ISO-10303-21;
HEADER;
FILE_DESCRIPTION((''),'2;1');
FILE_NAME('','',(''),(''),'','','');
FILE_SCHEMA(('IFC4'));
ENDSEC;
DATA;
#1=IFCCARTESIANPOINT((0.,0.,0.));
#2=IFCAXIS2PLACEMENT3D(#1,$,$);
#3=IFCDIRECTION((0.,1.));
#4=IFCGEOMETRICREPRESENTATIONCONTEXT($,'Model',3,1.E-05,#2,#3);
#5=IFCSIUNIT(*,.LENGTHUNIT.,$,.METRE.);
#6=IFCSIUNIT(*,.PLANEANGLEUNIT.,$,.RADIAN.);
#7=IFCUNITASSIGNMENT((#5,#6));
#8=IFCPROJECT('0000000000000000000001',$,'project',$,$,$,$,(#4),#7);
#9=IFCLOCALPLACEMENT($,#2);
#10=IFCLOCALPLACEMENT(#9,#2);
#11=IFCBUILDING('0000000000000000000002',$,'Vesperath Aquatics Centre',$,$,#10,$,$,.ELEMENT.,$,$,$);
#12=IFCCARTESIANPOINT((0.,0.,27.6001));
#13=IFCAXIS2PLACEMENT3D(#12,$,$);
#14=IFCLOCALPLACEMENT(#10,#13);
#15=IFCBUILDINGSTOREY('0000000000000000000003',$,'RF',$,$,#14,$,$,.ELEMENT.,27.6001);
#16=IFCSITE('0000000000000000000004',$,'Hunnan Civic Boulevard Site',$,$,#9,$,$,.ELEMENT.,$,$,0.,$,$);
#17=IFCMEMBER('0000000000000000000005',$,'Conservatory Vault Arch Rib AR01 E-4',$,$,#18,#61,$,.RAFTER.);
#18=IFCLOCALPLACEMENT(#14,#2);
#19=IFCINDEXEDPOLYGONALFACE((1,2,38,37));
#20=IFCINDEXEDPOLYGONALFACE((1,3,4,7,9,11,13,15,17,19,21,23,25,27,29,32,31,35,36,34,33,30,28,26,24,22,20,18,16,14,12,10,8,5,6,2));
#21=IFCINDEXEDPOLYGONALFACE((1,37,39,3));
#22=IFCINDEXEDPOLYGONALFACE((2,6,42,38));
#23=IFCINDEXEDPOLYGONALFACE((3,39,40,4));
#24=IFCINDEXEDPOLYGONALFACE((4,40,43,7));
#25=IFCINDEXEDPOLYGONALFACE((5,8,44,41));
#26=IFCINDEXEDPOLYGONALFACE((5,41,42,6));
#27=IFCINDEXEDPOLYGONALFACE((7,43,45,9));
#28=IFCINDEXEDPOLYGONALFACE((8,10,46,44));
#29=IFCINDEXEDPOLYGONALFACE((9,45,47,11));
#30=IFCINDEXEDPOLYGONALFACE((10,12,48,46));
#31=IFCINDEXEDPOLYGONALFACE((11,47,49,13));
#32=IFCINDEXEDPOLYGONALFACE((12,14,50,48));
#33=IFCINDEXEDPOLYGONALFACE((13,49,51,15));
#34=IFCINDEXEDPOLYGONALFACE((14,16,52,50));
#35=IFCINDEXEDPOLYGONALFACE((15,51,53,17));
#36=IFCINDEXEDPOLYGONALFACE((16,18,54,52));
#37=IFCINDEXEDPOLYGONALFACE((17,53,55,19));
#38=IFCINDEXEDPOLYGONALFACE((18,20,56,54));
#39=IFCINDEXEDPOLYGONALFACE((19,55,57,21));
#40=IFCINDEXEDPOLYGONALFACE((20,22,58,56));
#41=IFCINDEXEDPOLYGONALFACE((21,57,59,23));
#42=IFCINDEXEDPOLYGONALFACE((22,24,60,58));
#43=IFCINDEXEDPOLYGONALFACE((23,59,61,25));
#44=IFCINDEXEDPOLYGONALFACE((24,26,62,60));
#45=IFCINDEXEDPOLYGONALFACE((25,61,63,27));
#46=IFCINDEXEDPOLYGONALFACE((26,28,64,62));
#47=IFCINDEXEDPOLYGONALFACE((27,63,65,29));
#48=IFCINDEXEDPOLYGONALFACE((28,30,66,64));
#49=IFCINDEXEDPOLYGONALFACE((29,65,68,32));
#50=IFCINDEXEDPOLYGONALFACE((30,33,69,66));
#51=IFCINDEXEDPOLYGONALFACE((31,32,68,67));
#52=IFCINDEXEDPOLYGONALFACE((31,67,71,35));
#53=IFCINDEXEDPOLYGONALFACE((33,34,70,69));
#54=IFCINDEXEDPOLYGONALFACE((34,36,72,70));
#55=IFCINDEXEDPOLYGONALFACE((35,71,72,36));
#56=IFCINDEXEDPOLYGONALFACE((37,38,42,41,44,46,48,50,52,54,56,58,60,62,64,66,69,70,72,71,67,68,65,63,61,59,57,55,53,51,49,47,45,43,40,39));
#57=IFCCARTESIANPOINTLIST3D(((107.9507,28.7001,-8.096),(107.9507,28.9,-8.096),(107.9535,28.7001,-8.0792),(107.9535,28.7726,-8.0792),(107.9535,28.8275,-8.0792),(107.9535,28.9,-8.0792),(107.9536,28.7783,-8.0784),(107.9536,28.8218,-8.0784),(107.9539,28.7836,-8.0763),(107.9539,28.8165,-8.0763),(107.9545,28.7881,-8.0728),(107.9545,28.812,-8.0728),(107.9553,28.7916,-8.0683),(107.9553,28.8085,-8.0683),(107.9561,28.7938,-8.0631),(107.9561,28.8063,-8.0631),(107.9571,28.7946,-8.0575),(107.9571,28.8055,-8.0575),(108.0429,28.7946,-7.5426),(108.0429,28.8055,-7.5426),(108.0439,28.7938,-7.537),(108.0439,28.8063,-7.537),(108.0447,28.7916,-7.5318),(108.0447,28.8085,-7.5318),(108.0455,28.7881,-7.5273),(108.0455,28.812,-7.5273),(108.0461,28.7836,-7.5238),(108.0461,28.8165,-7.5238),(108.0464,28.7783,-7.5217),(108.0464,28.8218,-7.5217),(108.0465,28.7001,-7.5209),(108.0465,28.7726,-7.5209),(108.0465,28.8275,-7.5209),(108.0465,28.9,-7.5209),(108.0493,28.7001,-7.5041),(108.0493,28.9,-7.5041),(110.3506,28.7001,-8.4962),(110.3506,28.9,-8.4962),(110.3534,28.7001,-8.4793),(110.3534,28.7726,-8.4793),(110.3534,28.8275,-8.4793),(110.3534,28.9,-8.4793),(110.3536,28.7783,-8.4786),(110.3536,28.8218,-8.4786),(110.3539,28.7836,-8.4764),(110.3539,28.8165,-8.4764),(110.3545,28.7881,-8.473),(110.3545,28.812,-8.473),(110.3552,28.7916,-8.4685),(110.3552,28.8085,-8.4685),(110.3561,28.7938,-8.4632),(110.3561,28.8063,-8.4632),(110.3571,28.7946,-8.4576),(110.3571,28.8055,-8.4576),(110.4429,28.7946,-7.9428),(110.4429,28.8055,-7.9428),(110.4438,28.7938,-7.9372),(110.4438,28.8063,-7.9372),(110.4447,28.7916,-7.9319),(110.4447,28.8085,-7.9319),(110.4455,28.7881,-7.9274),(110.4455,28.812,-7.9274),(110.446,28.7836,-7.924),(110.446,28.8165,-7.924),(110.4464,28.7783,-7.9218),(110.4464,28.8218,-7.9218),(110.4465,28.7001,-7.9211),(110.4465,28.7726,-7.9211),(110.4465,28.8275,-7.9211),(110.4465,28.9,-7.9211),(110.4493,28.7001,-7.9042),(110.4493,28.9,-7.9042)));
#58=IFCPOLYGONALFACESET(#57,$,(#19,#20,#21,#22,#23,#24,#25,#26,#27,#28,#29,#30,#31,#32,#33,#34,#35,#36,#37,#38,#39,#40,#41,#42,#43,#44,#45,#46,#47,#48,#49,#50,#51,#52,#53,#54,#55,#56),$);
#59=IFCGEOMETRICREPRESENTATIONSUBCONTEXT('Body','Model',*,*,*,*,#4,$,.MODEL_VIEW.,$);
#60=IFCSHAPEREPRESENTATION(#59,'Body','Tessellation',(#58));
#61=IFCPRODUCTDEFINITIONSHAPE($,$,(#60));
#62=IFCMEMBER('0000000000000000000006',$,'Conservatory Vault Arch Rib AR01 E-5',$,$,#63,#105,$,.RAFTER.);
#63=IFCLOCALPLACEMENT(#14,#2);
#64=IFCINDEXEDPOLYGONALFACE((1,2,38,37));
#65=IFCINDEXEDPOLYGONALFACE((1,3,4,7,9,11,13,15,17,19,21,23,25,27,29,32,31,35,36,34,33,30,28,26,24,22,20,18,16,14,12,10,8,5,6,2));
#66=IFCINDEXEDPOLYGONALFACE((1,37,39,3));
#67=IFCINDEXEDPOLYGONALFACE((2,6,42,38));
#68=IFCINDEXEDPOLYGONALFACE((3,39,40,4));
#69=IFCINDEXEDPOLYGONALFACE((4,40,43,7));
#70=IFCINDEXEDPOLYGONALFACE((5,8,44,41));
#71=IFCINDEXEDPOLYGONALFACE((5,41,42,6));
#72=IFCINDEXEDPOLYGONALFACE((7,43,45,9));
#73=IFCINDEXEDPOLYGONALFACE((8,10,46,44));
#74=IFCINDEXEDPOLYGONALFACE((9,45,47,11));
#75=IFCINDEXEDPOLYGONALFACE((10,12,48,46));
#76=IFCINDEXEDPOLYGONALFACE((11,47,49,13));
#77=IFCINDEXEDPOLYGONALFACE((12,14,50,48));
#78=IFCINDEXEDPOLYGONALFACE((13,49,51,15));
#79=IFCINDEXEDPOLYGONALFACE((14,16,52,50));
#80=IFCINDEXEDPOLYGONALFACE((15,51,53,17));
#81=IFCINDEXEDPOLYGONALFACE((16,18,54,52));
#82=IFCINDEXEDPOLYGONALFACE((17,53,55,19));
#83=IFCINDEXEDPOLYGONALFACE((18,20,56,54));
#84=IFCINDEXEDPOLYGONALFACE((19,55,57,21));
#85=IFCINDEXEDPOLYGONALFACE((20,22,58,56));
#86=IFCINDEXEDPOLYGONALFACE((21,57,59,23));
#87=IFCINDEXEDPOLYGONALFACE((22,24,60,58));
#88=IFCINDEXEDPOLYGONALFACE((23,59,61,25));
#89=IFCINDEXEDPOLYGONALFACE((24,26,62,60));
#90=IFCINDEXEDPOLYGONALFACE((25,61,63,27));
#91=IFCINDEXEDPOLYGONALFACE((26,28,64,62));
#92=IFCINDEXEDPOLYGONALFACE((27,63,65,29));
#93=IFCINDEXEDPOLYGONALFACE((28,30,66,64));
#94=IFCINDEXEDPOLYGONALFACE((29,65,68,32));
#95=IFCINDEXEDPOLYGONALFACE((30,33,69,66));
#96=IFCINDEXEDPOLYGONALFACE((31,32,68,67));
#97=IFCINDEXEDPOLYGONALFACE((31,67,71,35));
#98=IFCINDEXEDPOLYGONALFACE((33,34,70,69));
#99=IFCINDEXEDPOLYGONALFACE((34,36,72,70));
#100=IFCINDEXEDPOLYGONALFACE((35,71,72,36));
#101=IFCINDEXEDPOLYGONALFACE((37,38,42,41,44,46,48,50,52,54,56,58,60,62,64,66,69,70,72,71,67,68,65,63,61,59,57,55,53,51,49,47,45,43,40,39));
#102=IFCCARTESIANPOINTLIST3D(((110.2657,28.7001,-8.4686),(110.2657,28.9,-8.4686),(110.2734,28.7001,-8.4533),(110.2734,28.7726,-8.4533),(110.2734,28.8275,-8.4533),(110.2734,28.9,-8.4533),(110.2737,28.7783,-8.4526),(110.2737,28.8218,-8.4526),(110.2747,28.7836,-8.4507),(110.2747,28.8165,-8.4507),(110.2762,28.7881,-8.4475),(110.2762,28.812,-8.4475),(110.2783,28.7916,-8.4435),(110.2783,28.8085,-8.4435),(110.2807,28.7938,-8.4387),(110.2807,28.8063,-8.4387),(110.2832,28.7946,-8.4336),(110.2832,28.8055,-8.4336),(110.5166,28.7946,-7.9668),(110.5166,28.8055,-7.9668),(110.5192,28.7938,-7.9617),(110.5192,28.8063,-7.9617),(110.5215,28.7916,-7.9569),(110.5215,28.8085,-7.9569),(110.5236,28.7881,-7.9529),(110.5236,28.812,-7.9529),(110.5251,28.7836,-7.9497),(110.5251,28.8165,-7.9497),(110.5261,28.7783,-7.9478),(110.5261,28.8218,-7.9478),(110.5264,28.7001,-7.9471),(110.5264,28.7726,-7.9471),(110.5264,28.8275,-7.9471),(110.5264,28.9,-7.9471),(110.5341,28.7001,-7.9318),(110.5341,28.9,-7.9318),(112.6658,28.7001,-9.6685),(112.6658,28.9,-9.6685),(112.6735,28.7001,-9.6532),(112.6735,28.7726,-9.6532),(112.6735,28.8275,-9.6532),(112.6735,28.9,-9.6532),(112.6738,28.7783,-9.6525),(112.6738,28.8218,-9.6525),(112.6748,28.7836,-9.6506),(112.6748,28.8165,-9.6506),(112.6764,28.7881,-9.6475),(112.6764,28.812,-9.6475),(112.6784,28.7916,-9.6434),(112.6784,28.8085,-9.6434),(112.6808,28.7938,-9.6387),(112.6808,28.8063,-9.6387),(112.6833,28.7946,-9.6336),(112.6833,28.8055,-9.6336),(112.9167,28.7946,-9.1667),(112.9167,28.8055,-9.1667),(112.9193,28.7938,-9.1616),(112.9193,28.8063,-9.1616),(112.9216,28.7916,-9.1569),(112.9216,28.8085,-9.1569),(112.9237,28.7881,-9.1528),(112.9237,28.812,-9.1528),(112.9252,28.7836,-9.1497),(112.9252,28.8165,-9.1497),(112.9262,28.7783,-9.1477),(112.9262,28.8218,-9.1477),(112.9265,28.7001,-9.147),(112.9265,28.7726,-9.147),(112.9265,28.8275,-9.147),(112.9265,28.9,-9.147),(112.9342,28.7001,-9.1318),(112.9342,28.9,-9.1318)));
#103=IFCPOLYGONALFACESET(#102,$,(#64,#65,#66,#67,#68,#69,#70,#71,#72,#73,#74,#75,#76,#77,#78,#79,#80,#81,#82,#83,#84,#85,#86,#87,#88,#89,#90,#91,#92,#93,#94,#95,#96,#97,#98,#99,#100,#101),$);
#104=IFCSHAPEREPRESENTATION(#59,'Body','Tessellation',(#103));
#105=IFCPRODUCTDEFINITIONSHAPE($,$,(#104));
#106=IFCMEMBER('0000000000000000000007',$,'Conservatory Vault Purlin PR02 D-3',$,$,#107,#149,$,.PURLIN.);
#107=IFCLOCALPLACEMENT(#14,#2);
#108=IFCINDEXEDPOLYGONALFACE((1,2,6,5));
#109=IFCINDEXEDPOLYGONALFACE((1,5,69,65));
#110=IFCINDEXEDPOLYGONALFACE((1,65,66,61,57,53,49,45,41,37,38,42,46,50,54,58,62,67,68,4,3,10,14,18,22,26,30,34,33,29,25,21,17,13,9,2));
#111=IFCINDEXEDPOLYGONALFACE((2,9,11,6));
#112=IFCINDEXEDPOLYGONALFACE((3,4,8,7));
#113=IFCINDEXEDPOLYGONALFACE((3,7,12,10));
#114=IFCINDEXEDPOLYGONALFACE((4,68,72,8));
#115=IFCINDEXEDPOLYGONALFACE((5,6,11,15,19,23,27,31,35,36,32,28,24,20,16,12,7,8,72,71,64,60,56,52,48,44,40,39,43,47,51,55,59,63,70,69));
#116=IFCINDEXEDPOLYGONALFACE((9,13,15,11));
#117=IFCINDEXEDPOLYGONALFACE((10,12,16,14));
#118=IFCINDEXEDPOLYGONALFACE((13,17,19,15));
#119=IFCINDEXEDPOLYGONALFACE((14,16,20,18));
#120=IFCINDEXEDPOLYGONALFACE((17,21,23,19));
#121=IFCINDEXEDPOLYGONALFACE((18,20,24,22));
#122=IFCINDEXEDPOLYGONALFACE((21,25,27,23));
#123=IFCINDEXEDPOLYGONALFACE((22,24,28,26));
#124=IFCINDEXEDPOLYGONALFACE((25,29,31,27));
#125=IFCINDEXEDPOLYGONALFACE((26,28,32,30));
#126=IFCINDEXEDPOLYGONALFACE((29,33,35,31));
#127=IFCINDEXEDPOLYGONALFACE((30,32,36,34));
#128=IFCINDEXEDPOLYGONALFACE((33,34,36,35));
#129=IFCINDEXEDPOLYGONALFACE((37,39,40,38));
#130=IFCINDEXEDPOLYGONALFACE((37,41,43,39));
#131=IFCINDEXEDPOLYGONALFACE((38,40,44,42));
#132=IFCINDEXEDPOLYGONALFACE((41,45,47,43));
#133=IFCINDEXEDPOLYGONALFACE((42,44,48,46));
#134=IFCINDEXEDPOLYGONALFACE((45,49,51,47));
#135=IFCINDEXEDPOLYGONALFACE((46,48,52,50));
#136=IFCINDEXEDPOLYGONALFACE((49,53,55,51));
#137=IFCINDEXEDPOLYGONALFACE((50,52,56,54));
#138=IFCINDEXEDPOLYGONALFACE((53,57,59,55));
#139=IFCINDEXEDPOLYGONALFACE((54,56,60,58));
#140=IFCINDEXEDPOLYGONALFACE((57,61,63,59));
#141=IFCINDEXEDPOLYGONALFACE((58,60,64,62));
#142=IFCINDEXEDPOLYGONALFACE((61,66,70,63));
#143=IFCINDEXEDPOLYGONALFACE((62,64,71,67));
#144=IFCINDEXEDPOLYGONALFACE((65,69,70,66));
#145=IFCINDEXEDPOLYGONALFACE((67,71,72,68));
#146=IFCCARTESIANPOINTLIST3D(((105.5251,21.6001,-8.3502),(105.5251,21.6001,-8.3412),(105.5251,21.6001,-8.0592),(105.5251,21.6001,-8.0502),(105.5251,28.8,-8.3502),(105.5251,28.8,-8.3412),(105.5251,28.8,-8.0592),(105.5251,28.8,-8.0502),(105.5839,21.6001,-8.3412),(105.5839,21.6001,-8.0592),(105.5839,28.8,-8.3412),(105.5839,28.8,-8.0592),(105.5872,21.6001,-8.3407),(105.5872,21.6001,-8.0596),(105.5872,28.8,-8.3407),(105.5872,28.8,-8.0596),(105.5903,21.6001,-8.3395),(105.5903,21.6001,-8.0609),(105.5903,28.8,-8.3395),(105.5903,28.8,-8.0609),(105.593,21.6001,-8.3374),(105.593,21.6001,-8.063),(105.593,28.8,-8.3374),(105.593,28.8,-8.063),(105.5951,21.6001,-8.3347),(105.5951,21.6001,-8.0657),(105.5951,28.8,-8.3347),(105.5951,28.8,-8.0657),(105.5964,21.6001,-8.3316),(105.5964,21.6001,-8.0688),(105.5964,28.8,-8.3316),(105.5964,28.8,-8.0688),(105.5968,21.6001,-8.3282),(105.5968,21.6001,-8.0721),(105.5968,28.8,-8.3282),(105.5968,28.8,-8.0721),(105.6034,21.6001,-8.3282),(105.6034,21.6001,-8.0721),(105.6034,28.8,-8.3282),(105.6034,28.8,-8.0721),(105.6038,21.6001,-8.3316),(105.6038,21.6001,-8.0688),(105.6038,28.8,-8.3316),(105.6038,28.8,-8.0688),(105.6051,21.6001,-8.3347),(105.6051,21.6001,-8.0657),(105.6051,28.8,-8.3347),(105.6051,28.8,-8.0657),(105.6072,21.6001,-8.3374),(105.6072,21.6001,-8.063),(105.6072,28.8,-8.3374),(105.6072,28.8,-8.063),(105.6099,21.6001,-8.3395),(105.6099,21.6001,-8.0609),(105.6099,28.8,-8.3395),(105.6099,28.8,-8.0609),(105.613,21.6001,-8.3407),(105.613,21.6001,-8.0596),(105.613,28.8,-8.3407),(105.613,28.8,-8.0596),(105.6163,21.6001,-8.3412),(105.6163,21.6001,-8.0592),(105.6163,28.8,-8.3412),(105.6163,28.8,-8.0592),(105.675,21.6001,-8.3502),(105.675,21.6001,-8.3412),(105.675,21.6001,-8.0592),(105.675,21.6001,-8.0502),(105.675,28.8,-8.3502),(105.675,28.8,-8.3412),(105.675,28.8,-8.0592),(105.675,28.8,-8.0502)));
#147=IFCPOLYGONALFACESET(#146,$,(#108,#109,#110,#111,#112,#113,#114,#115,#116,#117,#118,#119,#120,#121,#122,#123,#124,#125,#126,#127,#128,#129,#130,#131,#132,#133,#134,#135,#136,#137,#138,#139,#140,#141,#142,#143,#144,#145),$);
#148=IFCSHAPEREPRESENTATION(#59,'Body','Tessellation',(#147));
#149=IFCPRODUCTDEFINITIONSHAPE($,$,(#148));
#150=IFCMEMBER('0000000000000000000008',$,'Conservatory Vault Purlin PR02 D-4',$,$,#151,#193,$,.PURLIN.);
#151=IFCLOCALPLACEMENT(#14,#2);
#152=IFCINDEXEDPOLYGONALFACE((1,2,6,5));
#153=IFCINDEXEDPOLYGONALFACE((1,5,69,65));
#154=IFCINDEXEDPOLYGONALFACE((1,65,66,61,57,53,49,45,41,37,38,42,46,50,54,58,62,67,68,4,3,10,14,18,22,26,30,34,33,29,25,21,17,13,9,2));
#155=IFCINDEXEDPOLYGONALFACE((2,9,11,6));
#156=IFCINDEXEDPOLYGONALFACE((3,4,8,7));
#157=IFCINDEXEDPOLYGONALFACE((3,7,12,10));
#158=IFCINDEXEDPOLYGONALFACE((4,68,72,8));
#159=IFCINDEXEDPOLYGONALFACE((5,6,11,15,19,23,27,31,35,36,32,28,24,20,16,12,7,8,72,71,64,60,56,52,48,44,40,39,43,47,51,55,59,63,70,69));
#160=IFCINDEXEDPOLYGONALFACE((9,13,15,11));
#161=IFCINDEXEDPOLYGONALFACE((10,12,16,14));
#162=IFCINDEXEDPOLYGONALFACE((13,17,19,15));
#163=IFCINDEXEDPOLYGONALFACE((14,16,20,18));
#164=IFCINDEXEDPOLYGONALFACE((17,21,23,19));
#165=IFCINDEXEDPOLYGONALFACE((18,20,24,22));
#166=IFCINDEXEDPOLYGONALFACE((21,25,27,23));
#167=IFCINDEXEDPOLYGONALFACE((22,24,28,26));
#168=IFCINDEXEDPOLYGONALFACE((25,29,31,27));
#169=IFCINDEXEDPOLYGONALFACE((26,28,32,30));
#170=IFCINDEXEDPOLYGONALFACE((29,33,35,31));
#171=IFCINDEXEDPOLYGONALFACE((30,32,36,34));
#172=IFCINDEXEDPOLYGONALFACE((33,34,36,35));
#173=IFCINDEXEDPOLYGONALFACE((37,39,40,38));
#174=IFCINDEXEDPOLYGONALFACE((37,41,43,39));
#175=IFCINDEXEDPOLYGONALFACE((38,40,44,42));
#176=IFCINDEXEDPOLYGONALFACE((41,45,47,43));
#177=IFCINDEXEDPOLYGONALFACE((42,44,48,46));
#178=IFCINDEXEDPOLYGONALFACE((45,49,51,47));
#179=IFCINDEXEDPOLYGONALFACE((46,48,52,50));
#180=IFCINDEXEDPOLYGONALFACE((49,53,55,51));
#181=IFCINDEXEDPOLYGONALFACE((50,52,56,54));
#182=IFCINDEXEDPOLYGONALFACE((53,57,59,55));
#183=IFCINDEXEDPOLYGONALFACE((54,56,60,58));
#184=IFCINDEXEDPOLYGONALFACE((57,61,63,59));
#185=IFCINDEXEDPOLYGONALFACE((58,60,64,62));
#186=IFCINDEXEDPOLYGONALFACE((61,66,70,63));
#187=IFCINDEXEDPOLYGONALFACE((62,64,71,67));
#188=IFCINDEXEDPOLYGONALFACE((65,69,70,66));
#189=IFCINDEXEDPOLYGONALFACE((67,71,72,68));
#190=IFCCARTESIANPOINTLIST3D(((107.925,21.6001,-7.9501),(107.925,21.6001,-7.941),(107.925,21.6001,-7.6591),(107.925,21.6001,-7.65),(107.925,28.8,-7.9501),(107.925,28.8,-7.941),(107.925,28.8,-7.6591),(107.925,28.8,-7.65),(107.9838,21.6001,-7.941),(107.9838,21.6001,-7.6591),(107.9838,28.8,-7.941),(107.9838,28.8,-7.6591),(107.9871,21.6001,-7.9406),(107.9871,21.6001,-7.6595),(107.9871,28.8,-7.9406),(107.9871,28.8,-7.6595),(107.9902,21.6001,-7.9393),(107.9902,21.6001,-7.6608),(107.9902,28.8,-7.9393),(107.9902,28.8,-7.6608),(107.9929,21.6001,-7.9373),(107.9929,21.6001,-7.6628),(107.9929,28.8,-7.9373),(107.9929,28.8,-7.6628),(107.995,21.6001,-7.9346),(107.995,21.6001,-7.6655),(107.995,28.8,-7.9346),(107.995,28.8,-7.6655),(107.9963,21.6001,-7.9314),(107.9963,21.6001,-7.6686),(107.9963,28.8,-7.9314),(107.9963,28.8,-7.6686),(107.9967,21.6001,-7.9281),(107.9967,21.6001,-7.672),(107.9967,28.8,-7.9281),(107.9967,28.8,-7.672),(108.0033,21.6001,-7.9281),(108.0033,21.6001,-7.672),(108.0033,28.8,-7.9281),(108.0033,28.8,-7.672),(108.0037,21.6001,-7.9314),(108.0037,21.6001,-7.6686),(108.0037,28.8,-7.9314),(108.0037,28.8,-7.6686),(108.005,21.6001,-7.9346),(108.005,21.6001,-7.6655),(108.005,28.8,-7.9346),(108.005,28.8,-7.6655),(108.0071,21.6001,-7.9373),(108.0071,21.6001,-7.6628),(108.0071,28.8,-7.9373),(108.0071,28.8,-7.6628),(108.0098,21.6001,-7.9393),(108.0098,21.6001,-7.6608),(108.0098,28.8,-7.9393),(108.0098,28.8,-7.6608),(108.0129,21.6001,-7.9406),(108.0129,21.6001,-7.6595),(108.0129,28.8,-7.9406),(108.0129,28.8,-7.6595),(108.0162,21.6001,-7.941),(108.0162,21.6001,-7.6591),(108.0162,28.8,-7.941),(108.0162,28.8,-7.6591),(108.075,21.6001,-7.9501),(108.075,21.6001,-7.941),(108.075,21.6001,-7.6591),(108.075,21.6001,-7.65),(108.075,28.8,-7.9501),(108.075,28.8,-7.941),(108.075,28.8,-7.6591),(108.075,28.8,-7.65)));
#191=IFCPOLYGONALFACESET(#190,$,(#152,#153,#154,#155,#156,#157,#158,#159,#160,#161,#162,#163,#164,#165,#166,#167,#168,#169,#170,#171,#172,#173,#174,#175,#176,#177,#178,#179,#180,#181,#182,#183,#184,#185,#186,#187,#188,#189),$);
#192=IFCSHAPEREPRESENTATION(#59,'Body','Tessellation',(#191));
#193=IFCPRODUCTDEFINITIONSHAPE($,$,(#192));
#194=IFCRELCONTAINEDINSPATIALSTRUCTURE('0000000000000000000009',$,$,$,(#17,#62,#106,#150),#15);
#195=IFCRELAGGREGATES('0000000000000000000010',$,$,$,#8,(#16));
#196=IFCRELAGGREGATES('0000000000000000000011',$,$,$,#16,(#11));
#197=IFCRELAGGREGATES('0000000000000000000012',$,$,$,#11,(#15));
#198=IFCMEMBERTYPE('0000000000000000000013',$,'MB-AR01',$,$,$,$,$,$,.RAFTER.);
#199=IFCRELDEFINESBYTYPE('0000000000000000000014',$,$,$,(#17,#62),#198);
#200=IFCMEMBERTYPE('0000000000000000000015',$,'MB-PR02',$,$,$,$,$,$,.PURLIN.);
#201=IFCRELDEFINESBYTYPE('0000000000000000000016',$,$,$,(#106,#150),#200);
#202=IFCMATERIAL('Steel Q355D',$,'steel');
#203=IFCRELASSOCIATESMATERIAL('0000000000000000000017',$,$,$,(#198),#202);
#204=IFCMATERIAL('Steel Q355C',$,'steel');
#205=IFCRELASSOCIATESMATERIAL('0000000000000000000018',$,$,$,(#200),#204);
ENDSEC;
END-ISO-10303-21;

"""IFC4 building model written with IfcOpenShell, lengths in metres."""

from ifc_helpers import new_model, si_unit, direction, frame, origin, origin_2d, place, context, subcontext, project, spatial, i_section, extrude, material, material_profile, profile_set, type_object, element, save


model = new_model("IFC4")

# Units and contexts
model_context = context("Model", 3, precision=1e-05, world=origin(), true_north=direction((0.0, 1.0)))
body_context = subcontext(model_context, "Body", "Model", "MODEL_VIEW")
ifc_project = project(units=[si_unit("LENGTHUNIT", "METRE"), si_unit("PLANEANGLEUNIT", "RADIAN")], contexts=[model_context])

# Site, building, storey
site_placement = place(None, origin())
site = spatial("IfcSite", under=ifc_project, at=site_placement, Name="Hunnan Civic Boulevard Site", CompositionType="ELEMENT", RefElevation=0.0)
building_placement = place(site_placement, origin())
building = spatial("IfcBuilding", under=site, at=building_placement, Name="Vesperath Aquatics Centre", CompositionType="ELEMENT")
storey_placement = place(building_placement, frame((0.0, 0.0, 27.6001)))
storey = spatial("IfcBuildingStorey", under=building, at=storey_placement, Name="RF", CompositionType="ELEMENT", Elevation=27.6001)

# Members
ifc_material_1 = material(Name="Steel Q355D", Category="steel")
ifc_material_profile_1 = material_profile(ifc_material_1, i_section(OverallWidth=0.2, OverallDepth=0.6001, WebThickness=0.011, FlangeThickness=0.0171, FilletRadius=0.022, at=origin_2d()), Name="HN 600x200x11x17")
ifc_profile_set_1 = profile_set([ifc_material_profile_1], Name="Steel Q355D")
member_type_1 = type_object("IfcMemberType", Name="MB-AR01", PredefinedType="RAFTER", material=ifc_profile_set_1)
for number, where, z_axis, x_axis, name in (
    (1, (108.0, 28.8, -7.8), (0.986383, 0.0, -0.164464), (0.0, 1.0, 0.0), "Conservatory Vault Arch Rib AR01 E-4"),
):
    element("IfcMember", number, at=place(storey_placement, frame(where, z_axis=z_axis, x_axis=x_axis)), inside=storey, type_object=member_type_1, Name=name, PredefinedType="RAFTER", context=body_context, shape_type="SweptSolid", body=[
        extrude(i_section(OverallWidth=0.2, OverallDepth=0.6001, WebThickness=0.011, FlangeThickness=0.0171, FilletRadius=0.022, at=origin_2d()), origin(), (0.0, 0.0, 1.0), 2.4331),
    ])
member_1_placement = place(storey_placement, frame((110.3999, 28.8, -8.2002), z_axis=(0.894445, 0.0, -0.447177), x_axis=(0.0, 1.0, 0.0)))
element("IfcMember", 2, at=member_1_placement, inside=storey, type_object=member_type_1, Name="Conservatory Vault Arch Rib AR01 E-5", PredefinedType="RAFTER", context=body_context, shape_type="SweptSolid", body=[
    extrude(i_section(OverallWidth=0.2, OverallDepth=0.6001, WebThickness=0.011, FlangeThickness=0.0171, FilletRadius=0.022, at=origin_2d()), origin(), (0.0, 0.0, 1.0), 2.6833),
])
ifc_material_2 = material(Name="Steel Q355C", Category="steel")
ifc_material_profile_2 = material_profile(ifc_material_2, i_section(OverallWidth=0.1499, OverallDepth=0.3, WebThickness=0.0066, FlangeThickness=0.009, FilletRadius=0.0129, at=origin_2d()), Name="HN 300x150x6.5x9")
ifc_profile_set_2 = profile_set([ifc_material_profile_2], Name="Steel Q355C")
member_type_2 = type_object("IfcMemberType", Name="MB-PR02", PredefinedType="PURLIN", material=ifc_profile_set_2)
for number, where, z_axis, x_axis, name in (
    (3, (105.6001, 21.6001, -8.2002), (0.0, 1.0, 0.0), (-1.0, 0.0, 0.0), "Conservatory Vault Purlin PR02 D-3"),
    (4, (108.0, 21.6001, -7.8), (0.0, 1.0, 0.0), (-1.0, 0.0, 0.0), "Conservatory Vault Purlin PR02 D-4"),
):
    element("IfcMember", number, at=place(storey_placement, frame(where, z_axis=z_axis, x_axis=x_axis)), inside=storey, type_object=member_type_2, Name=name, PredefinedType="PURLIN", context=body_context, shape_type="SweptSolid", body=[
        extrude(i_section(OverallWidth=0.1499, OverallDepth=0.3, WebThickness=0.0066, FlangeThickness=0.009, FilletRadius=0.0129, at=origin_2d()), origin(), (0.0, 0.0, 1.0), 7.2),
    ])

save(model, "model.ifc")
